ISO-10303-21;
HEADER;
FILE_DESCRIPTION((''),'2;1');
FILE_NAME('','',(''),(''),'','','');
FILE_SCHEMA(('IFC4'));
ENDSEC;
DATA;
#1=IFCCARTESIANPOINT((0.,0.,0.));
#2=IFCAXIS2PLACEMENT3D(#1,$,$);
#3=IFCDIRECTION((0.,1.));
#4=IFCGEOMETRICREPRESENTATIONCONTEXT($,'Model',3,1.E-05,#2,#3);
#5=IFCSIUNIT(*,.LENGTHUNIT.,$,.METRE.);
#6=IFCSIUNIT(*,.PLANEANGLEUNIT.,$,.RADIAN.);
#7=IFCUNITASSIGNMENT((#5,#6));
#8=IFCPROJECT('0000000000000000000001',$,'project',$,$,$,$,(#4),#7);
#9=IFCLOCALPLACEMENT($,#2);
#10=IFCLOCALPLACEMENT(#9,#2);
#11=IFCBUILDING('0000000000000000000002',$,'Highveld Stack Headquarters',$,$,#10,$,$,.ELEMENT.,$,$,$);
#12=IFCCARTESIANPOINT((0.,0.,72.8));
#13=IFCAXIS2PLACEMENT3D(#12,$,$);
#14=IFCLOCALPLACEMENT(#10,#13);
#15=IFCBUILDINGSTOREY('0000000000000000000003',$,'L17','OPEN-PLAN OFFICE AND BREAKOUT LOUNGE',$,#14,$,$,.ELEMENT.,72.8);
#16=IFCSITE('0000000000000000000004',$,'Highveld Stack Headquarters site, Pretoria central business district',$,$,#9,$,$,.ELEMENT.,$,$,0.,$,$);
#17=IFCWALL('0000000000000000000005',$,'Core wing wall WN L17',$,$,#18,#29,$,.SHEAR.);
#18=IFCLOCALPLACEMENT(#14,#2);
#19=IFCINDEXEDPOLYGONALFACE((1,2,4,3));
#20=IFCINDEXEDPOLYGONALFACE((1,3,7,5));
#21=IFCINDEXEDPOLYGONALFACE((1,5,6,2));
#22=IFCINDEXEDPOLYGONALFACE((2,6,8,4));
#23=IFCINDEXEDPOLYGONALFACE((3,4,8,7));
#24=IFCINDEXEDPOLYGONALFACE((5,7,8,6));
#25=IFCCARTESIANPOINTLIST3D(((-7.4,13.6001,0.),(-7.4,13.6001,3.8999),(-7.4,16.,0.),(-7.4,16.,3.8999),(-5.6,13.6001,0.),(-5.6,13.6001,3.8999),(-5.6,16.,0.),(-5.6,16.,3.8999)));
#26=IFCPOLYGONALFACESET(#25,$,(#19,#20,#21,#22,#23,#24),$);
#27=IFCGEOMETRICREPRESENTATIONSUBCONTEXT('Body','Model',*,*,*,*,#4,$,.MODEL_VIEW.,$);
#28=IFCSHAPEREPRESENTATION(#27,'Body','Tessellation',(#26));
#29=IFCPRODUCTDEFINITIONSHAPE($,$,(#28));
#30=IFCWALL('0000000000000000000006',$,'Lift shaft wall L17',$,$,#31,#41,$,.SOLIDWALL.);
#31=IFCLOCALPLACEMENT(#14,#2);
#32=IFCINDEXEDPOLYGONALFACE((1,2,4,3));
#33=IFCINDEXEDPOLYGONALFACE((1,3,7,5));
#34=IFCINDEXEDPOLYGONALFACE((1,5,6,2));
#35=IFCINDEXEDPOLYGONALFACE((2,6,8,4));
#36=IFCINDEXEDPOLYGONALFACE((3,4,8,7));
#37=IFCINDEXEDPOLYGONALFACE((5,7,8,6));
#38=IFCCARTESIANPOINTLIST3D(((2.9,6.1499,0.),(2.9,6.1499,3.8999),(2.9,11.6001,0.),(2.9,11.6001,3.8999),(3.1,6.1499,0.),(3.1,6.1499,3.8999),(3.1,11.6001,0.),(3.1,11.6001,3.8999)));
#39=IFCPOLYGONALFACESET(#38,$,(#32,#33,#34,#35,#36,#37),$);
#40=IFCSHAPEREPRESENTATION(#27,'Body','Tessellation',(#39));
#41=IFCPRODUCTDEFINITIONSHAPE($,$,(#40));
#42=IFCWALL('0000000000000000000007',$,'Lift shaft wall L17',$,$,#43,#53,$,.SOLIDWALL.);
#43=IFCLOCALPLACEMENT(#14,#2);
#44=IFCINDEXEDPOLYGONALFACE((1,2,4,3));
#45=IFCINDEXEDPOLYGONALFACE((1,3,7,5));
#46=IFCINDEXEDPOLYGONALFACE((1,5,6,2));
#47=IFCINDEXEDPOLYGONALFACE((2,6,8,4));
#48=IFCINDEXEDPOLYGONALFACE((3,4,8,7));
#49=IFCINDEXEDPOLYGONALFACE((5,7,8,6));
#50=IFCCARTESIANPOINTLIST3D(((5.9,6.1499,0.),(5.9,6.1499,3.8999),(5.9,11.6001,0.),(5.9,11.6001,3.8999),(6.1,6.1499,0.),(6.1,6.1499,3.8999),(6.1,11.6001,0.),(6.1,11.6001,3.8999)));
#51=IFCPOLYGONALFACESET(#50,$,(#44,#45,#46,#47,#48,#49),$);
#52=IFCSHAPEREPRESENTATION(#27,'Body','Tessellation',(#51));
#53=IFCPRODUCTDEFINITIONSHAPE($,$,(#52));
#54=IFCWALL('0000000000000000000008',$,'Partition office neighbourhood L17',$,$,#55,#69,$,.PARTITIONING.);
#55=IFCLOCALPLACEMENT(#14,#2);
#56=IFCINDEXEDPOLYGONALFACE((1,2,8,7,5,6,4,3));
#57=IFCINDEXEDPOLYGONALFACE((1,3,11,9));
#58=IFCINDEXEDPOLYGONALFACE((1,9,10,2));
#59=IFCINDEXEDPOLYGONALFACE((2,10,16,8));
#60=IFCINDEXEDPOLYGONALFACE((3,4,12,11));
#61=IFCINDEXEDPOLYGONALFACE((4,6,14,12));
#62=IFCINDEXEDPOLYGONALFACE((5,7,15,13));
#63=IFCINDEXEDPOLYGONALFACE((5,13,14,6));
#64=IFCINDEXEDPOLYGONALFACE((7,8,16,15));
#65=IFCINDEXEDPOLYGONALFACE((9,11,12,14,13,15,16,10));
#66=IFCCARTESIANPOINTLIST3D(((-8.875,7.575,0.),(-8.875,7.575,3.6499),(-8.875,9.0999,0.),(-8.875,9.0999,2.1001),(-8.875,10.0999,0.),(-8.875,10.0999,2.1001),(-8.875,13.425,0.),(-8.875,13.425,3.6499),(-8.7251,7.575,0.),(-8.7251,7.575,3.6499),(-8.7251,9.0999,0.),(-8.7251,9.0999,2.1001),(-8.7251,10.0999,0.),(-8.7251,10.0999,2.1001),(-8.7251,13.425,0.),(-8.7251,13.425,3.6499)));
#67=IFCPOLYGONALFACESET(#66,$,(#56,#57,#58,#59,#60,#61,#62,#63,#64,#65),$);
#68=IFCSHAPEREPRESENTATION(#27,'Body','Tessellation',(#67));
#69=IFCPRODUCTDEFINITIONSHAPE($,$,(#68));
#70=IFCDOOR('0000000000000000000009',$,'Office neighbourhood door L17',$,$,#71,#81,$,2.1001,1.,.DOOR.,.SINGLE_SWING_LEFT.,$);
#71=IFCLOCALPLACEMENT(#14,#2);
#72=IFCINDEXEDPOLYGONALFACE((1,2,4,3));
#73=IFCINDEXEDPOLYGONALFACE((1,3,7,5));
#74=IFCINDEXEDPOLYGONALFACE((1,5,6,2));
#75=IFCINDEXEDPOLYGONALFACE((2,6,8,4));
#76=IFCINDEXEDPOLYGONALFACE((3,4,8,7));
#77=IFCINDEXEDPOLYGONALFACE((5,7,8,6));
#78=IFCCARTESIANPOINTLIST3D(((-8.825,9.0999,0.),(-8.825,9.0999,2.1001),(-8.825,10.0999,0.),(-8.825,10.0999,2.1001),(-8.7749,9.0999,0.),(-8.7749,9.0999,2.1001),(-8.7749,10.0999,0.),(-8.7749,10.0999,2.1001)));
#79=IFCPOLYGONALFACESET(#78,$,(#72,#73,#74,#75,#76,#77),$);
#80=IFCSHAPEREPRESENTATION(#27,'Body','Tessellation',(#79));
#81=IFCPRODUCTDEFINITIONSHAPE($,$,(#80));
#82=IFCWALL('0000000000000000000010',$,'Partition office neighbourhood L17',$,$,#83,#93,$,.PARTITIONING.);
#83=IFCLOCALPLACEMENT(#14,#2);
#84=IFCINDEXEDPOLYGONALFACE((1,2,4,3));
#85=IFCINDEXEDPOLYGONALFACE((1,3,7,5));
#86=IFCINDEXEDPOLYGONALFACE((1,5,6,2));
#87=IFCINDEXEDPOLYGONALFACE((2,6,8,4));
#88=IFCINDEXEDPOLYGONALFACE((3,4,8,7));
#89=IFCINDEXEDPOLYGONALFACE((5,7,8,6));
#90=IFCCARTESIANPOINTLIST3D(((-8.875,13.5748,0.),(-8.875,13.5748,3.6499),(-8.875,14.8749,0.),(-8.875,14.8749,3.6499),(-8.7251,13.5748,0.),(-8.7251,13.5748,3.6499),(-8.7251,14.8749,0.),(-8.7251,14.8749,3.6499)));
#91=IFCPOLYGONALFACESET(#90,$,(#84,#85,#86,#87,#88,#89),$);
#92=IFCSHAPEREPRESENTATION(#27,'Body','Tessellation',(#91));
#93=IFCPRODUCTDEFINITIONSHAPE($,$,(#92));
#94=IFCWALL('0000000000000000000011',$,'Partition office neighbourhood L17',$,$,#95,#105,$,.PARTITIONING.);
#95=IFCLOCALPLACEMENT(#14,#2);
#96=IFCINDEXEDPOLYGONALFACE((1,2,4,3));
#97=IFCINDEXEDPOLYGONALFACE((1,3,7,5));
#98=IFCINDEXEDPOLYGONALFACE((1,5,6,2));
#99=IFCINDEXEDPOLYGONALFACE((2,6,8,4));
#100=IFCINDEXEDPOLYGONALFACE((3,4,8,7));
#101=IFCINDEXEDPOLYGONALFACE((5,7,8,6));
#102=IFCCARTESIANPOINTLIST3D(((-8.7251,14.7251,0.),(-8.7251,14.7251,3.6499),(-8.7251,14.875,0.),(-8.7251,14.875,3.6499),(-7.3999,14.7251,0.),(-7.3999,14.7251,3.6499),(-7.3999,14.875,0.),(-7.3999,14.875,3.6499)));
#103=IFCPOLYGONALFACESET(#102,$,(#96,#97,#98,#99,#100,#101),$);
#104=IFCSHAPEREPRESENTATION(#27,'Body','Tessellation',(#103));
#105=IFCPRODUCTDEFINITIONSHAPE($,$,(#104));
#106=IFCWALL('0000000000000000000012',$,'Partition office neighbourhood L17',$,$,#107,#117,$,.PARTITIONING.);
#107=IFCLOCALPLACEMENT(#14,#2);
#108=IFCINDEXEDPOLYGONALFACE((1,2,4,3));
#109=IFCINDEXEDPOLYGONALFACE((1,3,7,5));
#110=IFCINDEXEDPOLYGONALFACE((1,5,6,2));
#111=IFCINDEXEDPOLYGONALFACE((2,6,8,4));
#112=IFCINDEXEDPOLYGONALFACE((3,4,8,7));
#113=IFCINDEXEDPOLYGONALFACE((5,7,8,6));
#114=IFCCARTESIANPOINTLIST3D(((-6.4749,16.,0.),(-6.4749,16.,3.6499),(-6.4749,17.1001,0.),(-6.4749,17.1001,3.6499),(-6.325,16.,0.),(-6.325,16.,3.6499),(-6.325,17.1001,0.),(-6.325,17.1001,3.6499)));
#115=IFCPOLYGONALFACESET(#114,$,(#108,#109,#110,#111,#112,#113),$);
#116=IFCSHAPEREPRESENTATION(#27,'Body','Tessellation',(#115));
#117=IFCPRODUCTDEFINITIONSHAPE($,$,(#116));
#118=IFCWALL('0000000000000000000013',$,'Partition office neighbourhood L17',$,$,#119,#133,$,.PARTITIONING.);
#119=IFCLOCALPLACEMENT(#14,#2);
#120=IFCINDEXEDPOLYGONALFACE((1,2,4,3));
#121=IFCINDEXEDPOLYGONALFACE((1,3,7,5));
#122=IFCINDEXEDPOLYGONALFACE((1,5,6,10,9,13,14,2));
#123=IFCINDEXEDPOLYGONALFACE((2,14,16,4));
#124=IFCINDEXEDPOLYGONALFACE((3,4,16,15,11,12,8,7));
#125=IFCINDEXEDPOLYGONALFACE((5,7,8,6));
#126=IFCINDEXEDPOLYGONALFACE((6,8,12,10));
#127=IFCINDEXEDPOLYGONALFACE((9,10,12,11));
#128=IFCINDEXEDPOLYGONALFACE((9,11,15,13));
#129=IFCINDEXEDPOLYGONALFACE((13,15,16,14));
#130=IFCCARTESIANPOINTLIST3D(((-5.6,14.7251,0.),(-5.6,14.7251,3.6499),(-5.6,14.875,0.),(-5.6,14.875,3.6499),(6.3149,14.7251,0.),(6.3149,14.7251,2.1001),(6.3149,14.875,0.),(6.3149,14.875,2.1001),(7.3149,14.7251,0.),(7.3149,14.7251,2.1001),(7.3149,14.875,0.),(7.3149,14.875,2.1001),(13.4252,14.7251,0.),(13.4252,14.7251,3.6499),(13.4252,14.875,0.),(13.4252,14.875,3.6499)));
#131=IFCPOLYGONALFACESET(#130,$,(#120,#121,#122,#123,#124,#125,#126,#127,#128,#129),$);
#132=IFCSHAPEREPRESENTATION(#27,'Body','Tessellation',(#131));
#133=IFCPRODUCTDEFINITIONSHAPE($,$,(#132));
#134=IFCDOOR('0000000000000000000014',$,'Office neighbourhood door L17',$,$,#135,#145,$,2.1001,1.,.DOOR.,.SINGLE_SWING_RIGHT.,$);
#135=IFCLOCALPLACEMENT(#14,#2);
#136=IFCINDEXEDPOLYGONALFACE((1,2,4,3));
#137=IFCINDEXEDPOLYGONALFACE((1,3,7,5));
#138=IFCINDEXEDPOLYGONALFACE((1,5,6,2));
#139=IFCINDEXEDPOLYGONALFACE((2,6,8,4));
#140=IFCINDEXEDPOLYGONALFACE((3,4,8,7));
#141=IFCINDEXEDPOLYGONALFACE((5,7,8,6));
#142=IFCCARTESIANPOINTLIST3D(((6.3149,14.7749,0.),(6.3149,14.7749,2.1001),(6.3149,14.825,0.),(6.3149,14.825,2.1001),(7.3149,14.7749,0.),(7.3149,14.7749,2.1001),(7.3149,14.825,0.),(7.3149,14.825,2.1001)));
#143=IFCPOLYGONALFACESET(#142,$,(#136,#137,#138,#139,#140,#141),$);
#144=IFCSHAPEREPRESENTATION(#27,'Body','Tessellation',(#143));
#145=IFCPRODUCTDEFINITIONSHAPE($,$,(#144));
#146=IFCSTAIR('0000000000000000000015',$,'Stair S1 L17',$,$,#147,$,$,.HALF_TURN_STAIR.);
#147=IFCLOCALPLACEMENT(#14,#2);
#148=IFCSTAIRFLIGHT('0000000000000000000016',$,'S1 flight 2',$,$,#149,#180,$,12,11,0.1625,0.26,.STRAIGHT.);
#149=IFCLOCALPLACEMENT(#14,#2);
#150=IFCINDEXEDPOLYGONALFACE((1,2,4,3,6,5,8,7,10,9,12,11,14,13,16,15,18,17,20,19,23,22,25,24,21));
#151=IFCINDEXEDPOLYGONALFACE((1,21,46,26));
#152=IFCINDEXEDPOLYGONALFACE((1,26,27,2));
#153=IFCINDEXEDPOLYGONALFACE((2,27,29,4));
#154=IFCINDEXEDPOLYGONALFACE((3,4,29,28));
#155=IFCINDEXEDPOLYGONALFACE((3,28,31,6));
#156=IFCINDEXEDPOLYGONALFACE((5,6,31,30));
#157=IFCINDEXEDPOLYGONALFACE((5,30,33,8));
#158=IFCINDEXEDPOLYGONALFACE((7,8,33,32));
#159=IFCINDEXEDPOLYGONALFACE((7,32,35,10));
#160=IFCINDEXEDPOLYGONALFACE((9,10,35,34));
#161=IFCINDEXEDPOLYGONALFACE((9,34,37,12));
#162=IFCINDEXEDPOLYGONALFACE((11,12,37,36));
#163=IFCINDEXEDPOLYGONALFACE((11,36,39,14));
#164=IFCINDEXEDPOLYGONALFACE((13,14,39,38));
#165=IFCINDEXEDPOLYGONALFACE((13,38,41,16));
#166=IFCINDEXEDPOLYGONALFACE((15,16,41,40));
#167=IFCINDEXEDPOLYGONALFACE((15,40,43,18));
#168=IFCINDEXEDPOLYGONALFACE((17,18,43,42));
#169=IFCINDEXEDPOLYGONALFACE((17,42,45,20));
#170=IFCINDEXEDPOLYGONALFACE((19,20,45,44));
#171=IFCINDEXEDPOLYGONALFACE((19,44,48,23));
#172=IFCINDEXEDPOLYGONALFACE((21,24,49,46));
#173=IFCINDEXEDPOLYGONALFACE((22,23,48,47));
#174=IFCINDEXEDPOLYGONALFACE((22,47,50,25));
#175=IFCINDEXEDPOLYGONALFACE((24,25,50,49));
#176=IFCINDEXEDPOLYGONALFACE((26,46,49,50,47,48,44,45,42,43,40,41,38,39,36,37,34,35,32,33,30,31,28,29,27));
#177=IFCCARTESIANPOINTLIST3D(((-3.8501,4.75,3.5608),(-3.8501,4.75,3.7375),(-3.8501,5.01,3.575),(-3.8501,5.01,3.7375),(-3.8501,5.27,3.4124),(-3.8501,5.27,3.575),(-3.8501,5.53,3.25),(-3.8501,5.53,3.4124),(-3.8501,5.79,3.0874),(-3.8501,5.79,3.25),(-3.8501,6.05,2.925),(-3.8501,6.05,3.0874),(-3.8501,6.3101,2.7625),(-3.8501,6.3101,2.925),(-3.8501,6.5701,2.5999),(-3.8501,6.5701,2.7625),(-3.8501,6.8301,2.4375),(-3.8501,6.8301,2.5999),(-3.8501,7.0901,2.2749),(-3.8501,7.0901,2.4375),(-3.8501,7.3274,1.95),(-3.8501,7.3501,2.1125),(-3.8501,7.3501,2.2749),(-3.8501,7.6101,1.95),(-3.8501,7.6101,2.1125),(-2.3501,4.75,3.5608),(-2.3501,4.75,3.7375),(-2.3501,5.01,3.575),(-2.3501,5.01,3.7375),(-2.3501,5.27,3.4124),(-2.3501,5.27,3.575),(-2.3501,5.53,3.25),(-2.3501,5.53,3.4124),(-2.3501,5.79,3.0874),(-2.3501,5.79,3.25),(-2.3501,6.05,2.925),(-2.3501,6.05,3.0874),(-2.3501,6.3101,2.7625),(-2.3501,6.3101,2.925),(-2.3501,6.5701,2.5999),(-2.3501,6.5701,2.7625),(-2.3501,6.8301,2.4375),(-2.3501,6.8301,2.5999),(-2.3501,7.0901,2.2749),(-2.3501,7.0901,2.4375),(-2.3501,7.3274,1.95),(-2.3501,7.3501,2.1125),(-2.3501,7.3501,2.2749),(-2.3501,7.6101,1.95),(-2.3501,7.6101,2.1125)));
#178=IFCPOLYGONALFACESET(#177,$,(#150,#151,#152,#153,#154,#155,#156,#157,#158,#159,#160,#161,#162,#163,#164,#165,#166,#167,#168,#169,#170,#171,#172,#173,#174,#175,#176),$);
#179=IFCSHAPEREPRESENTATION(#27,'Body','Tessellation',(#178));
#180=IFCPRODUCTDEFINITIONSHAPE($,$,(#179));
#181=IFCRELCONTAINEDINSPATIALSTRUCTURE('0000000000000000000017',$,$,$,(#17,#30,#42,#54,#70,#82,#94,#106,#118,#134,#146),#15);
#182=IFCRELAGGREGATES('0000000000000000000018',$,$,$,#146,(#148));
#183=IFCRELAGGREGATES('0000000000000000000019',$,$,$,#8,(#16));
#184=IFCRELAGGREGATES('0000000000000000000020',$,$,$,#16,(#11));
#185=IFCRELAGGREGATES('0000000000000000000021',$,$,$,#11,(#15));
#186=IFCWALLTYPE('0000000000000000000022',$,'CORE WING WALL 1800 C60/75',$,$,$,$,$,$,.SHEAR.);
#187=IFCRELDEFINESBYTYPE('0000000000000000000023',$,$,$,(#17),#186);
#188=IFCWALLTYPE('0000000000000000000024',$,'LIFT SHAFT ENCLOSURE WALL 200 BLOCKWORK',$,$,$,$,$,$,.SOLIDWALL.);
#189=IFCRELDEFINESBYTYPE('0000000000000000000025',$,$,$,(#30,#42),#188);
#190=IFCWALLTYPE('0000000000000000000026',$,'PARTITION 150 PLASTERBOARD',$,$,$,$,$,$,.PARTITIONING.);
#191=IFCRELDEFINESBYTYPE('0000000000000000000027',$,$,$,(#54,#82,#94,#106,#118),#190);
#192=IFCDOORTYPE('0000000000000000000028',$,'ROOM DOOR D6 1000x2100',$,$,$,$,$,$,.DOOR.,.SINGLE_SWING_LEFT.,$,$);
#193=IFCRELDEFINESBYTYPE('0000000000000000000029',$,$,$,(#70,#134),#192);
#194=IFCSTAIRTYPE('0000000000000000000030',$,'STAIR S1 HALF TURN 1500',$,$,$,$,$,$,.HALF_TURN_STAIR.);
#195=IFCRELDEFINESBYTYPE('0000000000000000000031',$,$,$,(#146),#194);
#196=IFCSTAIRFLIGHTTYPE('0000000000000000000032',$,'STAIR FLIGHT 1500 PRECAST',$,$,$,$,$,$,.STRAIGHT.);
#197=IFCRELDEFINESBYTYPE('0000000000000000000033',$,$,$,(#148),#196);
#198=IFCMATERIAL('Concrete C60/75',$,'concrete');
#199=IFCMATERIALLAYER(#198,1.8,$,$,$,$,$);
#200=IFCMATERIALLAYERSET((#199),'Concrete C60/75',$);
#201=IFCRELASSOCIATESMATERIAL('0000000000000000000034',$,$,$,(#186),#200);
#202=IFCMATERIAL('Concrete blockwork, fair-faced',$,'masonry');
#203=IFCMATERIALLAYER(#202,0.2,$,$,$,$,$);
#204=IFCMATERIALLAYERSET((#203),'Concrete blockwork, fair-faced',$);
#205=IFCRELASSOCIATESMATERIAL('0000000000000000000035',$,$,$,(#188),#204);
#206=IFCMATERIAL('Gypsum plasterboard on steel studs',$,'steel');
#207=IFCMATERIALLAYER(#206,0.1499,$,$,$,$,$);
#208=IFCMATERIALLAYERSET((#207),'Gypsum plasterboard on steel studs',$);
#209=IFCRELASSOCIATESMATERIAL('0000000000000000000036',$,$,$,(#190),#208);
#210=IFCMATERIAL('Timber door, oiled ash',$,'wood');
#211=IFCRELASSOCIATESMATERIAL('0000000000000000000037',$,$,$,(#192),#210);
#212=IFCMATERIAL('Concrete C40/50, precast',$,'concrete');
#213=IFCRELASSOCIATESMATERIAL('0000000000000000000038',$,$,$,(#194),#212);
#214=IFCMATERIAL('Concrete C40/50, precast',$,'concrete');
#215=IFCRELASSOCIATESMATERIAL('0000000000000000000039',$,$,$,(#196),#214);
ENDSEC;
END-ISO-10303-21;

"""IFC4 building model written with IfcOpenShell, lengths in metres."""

from ifc_helpers import new_model, si_unit, direction, frame, frame_2d, origin, place, context, subcontext, project, spatial, polyline, rectangle, outline, extrude, material, layer, layer_set, type_object, element, fill, aggregate, save


model = new_model("IFC4")

# Units and contexts
model_context = context("Model", 3, precision=1e-05, world=origin(), true_north=direction((0.0, 1.0)))
body_context = subcontext(model_context, "Body", "Model", "MODEL_VIEW")
ifc_project = project(units=[si_unit("LENGTHUNIT", "METRE"), si_unit("PLANEANGLEUNIT", "RADIAN")], contexts=[model_context])

# Site, building, storey
site_placement = place(None, origin())
site = spatial("IfcSite", under=ifc_project, at=site_placement, Name="Highveld Stack Headquarters site, Pretoria central business district", CompositionType="ELEMENT", RefElevation=0.0)
building_placement = place(site_placement, origin())
building = spatial("IfcBuilding", under=site, at=building_placement, Name="Highveld Stack Headquarters", CompositionType="ELEMENT")
storey_placement = place(building_placement, frame((0.0, 0.0, 72.8)))
storey = spatial("IfcBuildingStorey", under=building, at=storey_placement, Name="L17", Description="OPEN-PLAN OFFICE AND BREAKOUT LOUNGE", CompositionType="ELEMENT", Elevation=72.8)

# Walls
ifc_material_1 = material(Name="Concrete C60/75", Category="concrete")
ifc_layer_1 = layer(ifc_material_1, 1.8)
ifc_layer_set_1 = layer_set([ifc_layer_1], Name="Concrete C60/75")
wall_type_1 = type_object("IfcWallType", Name="CORE WING WALL 1800 C60/75", PredefinedType="SHEAR", material=ifc_layer_set_1)
wall_1_placement = place(storey_placement, frame((-6.5, 13.6001, 0.0), z_axis=(0.0, 0.0, 1.0), x_axis=(0.0, 1.0, 0.0)))
element("IfcWall", 1, at=wall_1_placement, inside=storey, type_object=wall_type_1, Name="Core wing wall WN L17", PredefinedType="SHEAR", context=body_context, shape_type="SweptSolid", body=[
    extrude(rectangle(XDim=2.3999, YDim=1.8, at=frame_2d((1.2, 0.0))), origin(), (0.0, 0.0, 1.0), 3.8999),
])
ifc_material_2 = material(Name="Concrete blockwork, fair-faced", Category="masonry")
ifc_layer_2 = layer(ifc_material_2, 0.2)
ifc_layer_set_2 = layer_set([ifc_layer_2], Name="Concrete blockwork, fair-faced")
wall_type_2 = type_object("IfcWallType", Name="LIFT SHAFT ENCLOSURE WALL 200 BLOCKWORK", PredefinedType="SOLIDWALL", material=ifc_layer_set_2)
for number, where, z_axis, x_axis, name in (
    (2, (3.0, 6.1499, 0.0), (0.0, 0.0, 1.0), (0.0, 1.0, 0.0), "Lift shaft wall L17"),
    (3, (6.0, 6.1499, 0.0), (0.0, 0.0, 1.0), (0.0, 1.0, 0.0), "Lift shaft wall L17"),
):
    element("IfcWall", number, at=place(storey_placement, frame(where, z_axis=z_axis, x_axis=x_axis)), inside=storey, type_object=wall_type_2, Name=name, PredefinedType="SOLIDWALL", context=body_context, shape_type="SweptSolid", body=[
        extrude(rectangle(XDim=5.4502, YDim=0.2, at=frame_2d((2.7251, 0.0))), origin(), (0.0, 0.0, 1.0), 3.8999),
    ])

# Wall, opening, door
ifc_material_3 = material(Name="Gypsum plasterboard on steel studs", Category="steel")
ifc_layer_3 = layer(ifc_material_3, 0.1499)
ifc_layer_set_3 = layer_set([ifc_layer_3], Name="Gypsum plasterboard on steel studs")
wall_type_3 = type_object("IfcWallType", Name="PARTITION 150 PLASTERBOARD", PredefinedType="PARTITIONING", material=ifc_layer_set_3)
wall_2_placement = place(storey_placement, frame((-8.8, 7.575, 0.0), z_axis=(0.0, 0.0, 1.0), x_axis=(0.0, 1.0, 0.0)))
wall_2 = element("IfcWall", 4, at=wall_2_placement, inside=storey, type_object=wall_type_3, Name="Partition office neighbourhood L17", PredefinedType="PARTITIONING", context=body_context, shape_type="SweptSolid", body=[
    extrude(rectangle(XDim=5.8501, YDim=0.1499, at=frame_2d((2.925, 0.0))), origin(), (0.0, 0.0, 1.0), 3.6499),
])
opening_1_placement = place(wall_2_placement, frame((1.5249, 0.0, 0.0)))
opening_1 = element("IfcOpeningElement", 5, at=opening_1_placement, cuts=wall_2, PredefinedType="OPENING", context=body_context, shape_type="SweptSolid", body=[
    extrude(rectangle(XDim=1.0, YDim=2.1001, at=frame_2d((0.5, 1.05))), frame((0.0, 0.085, 0.0), z_axis=(0.0, -1.0, 0.0), x_axis=(1.0, 0.0, 0.0)), (0.0, 0.0, 1.0), 0.1699),
])
ifc_material_4 = material(Name="Timber door, oiled ash", Category="wood")
door_type_1 = type_object("IfcDoorType", Name="ROOM DOOR D6 1000x2100", OperationType="SINGLE_SWING_LEFT", PredefinedType="DOOR", material=ifc_material_4)
door_1_placement = place(opening_1_placement, origin())
door_1 = element("IfcDoor", 6, at=door_1_placement, inside=storey, type_object=door_type_1, Name="Office neighbourhood door L17", OperationType="SINGLE_SWING_LEFT", OverallHeight=2.1001, OverallWidth=1.0, PredefinedType="DOOR", context=body_context, shape_type="SweptSolid", body=[
    extrude(rectangle(XDim=1.0, YDim=2.1001, at=frame_2d((0.5, 1.05))), frame((0.0, 0.0249, 0.0), z_axis=(0.0, -1.0, 0.0), x_axis=(1.0, 0.0, 0.0)), (0.0, 0.0, 1.0), 0.05),
])
fill(opening_1, door_1)

# Walls
wall_3_placement = place(storey_placement, frame((-8.8, 13.575, 0.0), z_axis=(0.0, 0.0, 1.0), x_axis=(0.0, 1.0, 0.0)))
element("IfcWall", 7, at=wall_3_placement, inside=storey, type_object=wall_type_3, Name="Partition office neighbourhood L17", PredefinedType="PARTITIONING", context=body_context, shape_type="SweptSolid", body=[
    extrude(rectangle(XDim=1.3, YDim=0.1499, at=frame_2d((0.6499, 0.0))), origin(), (0.0, 0.0, 1.0), 3.6499),
])
wall_4_placement = place(storey_placement, frame((-8.7251, 14.8, 0.0), z_axis=(0.0, 0.0, 1.0), x_axis=(1.0, 0.0, 0.0)))
element("IfcWall", 8, at=wall_4_placement, inside=storey, type_object=wall_type_3, Name="Partition office neighbourhood L17", PredefinedType="PARTITIONING", context=body_context, shape_type="SweptSolid", body=[
    extrude(rectangle(XDim=1.3252, YDim=0.1499, at=frame_2d((0.6626, 0.0))), origin(), (0.0, 0.0, 1.0), 3.6499),
])
wall_5_placement = place(storey_placement, frame((-6.3999, 16.0, 0.0), z_axis=(0.0, 0.0, 1.0), x_axis=(0.0, 1.0, 0.0)))
element("IfcWall", 9, at=wall_5_placement, inside=storey, type_object=wall_type_3, Name="Partition office neighbourhood L17", PredefinedType="PARTITIONING", context=body_context, shape_type="SweptSolid", body=[
    extrude(rectangle(XDim=1.1001, YDim=0.1499, at=frame_2d((0.55, 0.0))), origin(), (0.0, 0.0, 1.0), 3.6499),
])

# Wall, opening, door
wall_6_placement = place(storey_placement, frame((-5.6001, 14.8, 0.0), z_axis=(0.0, 0.0, 1.0), x_axis=(1.0, 0.0, 0.0)))
wall_6 = element("IfcWall", 10, at=wall_6_placement, inside=storey, type_object=wall_type_3, Name="Partition office neighbourhood L17", PredefinedType="PARTITIONING", context=body_context, shape_type="SweptSolid", body=[
    extrude(rectangle(XDim=19.0251, YDim=0.1499, at=frame_2d((9.5127, 0.0))), origin(), (0.0, 0.0, 1.0), 3.6499),
])
opening_2_placement = place(wall_6_placement, frame((11.915, 0.0, 0.0)))
opening_2 = element("IfcOpeningElement", 11, at=opening_2_placement, cuts=wall_6, PredefinedType="OPENING", context=body_context, shape_type="SweptSolid", body=[
    extrude(rectangle(XDim=1.0, YDim=2.1001, at=frame_2d((0.5, 1.05))), frame((0.0, 0.085, 0.0), z_axis=(0.0, -1.0, 0.0), x_axis=(1.0, 0.0, 0.0)), (0.0, 0.0, 1.0), 0.1699),
])
door_2_placement = place(opening_2_placement, origin())
door_2 = element("IfcDoor", 12, at=door_2_placement, inside=storey, type_object=door_type_1, Name="Office neighbourhood door L17", OperationType="SINGLE_SWING_RIGHT", OverallHeight=2.1001, OverallWidth=1.0, PredefinedType="DOOR", context=body_context, shape_type="SweptSolid", body=[
    extrude(rectangle(XDim=1.0, YDim=2.1001, at=frame_2d((0.5, 1.05))), frame((0.0, 0.0249, 0.0), z_axis=(0.0, -1.0, 0.0), x_axis=(1.0, 0.0, 0.0)), (0.0, 0.0, 1.0), 0.05),
])
fill(opening_2, door_2)

# Stair, stair flight
ifc_material_5 = material(Name="Concrete C40/50, precast", Category="concrete")
stair_type = type_object("IfcStairType", Name="STAIR S1 HALF TURN 1500", PredefinedType="HALF_TURN_STAIR", material=ifc_material_5)
stair_placement = place(storey_placement, origin())
stair = element("IfcStair", 13, at=stair_placement, inside=storey, type_object=stair_type, Name="Stair S1 L17", PredefinedType="HALF_TURN_STAIR")
ifc_material_6 = material(Name="Concrete C40/50, precast", Category="concrete")
stair_flight_type = type_object("IfcStairFlightType", Name="STAIR FLIGHT 1500 PRECAST", PredefinedType="STRAIGHT", material=ifc_material_6)
stair_flight_placement = place(storey_placement, frame((-3.1001, 7.6101, 1.95), z_axis=(0.0, 0.0, 1.0), x_axis=(0.0, -1.0, 0.0)))
stair_flight = element("IfcStairFlight", 14, at=stair_flight_placement, type_object=stair_flight_type, Name="S1 flight 2", NumberOfRisers=12, NumberOfTreads=11, PredefinedType="STRAIGHT", RiserHeight=0.1625, TreadLength=0.26, context=body_context, shape_type="SweptSolid", body=[
    extrude(outline(polyline([(0.0, 0.0), (0.0, 0.1626), (0.26, 0.1626), (0.26, 0.325), (0.52, 0.325), (0.52, 0.4875), (0.78, 0.4875), (0.78, 0.6499), (1.04, 0.6499), (1.04, 0.8125), (1.3, 0.8125), (1.3, 0.9751), (1.5601, 0.9751), (1.5601, 1.1375), (1.8201, 1.1375), (1.8201, 1.3), (2.0801, 1.3), (2.0801, 1.4624), (2.3401, 1.4624), (2.3401, 1.625), (2.6001, 1.625), (2.6001, 1.7876), (2.8601, 1.7876), (2.8601, 1.95), (2.8601, 1.6108), (0.2827, 0.0), (0.0, 0.0)])), frame((0.0, 0.75, 0.0), z_axis=(0.0, -1.0, 0.0), x_axis=(1.0, 0.0, 0.0)), (0.0, 0.0, 1.0), 1.5),
])
aggregate(stair, [stair_flight])

save(model, "model.ifc")
